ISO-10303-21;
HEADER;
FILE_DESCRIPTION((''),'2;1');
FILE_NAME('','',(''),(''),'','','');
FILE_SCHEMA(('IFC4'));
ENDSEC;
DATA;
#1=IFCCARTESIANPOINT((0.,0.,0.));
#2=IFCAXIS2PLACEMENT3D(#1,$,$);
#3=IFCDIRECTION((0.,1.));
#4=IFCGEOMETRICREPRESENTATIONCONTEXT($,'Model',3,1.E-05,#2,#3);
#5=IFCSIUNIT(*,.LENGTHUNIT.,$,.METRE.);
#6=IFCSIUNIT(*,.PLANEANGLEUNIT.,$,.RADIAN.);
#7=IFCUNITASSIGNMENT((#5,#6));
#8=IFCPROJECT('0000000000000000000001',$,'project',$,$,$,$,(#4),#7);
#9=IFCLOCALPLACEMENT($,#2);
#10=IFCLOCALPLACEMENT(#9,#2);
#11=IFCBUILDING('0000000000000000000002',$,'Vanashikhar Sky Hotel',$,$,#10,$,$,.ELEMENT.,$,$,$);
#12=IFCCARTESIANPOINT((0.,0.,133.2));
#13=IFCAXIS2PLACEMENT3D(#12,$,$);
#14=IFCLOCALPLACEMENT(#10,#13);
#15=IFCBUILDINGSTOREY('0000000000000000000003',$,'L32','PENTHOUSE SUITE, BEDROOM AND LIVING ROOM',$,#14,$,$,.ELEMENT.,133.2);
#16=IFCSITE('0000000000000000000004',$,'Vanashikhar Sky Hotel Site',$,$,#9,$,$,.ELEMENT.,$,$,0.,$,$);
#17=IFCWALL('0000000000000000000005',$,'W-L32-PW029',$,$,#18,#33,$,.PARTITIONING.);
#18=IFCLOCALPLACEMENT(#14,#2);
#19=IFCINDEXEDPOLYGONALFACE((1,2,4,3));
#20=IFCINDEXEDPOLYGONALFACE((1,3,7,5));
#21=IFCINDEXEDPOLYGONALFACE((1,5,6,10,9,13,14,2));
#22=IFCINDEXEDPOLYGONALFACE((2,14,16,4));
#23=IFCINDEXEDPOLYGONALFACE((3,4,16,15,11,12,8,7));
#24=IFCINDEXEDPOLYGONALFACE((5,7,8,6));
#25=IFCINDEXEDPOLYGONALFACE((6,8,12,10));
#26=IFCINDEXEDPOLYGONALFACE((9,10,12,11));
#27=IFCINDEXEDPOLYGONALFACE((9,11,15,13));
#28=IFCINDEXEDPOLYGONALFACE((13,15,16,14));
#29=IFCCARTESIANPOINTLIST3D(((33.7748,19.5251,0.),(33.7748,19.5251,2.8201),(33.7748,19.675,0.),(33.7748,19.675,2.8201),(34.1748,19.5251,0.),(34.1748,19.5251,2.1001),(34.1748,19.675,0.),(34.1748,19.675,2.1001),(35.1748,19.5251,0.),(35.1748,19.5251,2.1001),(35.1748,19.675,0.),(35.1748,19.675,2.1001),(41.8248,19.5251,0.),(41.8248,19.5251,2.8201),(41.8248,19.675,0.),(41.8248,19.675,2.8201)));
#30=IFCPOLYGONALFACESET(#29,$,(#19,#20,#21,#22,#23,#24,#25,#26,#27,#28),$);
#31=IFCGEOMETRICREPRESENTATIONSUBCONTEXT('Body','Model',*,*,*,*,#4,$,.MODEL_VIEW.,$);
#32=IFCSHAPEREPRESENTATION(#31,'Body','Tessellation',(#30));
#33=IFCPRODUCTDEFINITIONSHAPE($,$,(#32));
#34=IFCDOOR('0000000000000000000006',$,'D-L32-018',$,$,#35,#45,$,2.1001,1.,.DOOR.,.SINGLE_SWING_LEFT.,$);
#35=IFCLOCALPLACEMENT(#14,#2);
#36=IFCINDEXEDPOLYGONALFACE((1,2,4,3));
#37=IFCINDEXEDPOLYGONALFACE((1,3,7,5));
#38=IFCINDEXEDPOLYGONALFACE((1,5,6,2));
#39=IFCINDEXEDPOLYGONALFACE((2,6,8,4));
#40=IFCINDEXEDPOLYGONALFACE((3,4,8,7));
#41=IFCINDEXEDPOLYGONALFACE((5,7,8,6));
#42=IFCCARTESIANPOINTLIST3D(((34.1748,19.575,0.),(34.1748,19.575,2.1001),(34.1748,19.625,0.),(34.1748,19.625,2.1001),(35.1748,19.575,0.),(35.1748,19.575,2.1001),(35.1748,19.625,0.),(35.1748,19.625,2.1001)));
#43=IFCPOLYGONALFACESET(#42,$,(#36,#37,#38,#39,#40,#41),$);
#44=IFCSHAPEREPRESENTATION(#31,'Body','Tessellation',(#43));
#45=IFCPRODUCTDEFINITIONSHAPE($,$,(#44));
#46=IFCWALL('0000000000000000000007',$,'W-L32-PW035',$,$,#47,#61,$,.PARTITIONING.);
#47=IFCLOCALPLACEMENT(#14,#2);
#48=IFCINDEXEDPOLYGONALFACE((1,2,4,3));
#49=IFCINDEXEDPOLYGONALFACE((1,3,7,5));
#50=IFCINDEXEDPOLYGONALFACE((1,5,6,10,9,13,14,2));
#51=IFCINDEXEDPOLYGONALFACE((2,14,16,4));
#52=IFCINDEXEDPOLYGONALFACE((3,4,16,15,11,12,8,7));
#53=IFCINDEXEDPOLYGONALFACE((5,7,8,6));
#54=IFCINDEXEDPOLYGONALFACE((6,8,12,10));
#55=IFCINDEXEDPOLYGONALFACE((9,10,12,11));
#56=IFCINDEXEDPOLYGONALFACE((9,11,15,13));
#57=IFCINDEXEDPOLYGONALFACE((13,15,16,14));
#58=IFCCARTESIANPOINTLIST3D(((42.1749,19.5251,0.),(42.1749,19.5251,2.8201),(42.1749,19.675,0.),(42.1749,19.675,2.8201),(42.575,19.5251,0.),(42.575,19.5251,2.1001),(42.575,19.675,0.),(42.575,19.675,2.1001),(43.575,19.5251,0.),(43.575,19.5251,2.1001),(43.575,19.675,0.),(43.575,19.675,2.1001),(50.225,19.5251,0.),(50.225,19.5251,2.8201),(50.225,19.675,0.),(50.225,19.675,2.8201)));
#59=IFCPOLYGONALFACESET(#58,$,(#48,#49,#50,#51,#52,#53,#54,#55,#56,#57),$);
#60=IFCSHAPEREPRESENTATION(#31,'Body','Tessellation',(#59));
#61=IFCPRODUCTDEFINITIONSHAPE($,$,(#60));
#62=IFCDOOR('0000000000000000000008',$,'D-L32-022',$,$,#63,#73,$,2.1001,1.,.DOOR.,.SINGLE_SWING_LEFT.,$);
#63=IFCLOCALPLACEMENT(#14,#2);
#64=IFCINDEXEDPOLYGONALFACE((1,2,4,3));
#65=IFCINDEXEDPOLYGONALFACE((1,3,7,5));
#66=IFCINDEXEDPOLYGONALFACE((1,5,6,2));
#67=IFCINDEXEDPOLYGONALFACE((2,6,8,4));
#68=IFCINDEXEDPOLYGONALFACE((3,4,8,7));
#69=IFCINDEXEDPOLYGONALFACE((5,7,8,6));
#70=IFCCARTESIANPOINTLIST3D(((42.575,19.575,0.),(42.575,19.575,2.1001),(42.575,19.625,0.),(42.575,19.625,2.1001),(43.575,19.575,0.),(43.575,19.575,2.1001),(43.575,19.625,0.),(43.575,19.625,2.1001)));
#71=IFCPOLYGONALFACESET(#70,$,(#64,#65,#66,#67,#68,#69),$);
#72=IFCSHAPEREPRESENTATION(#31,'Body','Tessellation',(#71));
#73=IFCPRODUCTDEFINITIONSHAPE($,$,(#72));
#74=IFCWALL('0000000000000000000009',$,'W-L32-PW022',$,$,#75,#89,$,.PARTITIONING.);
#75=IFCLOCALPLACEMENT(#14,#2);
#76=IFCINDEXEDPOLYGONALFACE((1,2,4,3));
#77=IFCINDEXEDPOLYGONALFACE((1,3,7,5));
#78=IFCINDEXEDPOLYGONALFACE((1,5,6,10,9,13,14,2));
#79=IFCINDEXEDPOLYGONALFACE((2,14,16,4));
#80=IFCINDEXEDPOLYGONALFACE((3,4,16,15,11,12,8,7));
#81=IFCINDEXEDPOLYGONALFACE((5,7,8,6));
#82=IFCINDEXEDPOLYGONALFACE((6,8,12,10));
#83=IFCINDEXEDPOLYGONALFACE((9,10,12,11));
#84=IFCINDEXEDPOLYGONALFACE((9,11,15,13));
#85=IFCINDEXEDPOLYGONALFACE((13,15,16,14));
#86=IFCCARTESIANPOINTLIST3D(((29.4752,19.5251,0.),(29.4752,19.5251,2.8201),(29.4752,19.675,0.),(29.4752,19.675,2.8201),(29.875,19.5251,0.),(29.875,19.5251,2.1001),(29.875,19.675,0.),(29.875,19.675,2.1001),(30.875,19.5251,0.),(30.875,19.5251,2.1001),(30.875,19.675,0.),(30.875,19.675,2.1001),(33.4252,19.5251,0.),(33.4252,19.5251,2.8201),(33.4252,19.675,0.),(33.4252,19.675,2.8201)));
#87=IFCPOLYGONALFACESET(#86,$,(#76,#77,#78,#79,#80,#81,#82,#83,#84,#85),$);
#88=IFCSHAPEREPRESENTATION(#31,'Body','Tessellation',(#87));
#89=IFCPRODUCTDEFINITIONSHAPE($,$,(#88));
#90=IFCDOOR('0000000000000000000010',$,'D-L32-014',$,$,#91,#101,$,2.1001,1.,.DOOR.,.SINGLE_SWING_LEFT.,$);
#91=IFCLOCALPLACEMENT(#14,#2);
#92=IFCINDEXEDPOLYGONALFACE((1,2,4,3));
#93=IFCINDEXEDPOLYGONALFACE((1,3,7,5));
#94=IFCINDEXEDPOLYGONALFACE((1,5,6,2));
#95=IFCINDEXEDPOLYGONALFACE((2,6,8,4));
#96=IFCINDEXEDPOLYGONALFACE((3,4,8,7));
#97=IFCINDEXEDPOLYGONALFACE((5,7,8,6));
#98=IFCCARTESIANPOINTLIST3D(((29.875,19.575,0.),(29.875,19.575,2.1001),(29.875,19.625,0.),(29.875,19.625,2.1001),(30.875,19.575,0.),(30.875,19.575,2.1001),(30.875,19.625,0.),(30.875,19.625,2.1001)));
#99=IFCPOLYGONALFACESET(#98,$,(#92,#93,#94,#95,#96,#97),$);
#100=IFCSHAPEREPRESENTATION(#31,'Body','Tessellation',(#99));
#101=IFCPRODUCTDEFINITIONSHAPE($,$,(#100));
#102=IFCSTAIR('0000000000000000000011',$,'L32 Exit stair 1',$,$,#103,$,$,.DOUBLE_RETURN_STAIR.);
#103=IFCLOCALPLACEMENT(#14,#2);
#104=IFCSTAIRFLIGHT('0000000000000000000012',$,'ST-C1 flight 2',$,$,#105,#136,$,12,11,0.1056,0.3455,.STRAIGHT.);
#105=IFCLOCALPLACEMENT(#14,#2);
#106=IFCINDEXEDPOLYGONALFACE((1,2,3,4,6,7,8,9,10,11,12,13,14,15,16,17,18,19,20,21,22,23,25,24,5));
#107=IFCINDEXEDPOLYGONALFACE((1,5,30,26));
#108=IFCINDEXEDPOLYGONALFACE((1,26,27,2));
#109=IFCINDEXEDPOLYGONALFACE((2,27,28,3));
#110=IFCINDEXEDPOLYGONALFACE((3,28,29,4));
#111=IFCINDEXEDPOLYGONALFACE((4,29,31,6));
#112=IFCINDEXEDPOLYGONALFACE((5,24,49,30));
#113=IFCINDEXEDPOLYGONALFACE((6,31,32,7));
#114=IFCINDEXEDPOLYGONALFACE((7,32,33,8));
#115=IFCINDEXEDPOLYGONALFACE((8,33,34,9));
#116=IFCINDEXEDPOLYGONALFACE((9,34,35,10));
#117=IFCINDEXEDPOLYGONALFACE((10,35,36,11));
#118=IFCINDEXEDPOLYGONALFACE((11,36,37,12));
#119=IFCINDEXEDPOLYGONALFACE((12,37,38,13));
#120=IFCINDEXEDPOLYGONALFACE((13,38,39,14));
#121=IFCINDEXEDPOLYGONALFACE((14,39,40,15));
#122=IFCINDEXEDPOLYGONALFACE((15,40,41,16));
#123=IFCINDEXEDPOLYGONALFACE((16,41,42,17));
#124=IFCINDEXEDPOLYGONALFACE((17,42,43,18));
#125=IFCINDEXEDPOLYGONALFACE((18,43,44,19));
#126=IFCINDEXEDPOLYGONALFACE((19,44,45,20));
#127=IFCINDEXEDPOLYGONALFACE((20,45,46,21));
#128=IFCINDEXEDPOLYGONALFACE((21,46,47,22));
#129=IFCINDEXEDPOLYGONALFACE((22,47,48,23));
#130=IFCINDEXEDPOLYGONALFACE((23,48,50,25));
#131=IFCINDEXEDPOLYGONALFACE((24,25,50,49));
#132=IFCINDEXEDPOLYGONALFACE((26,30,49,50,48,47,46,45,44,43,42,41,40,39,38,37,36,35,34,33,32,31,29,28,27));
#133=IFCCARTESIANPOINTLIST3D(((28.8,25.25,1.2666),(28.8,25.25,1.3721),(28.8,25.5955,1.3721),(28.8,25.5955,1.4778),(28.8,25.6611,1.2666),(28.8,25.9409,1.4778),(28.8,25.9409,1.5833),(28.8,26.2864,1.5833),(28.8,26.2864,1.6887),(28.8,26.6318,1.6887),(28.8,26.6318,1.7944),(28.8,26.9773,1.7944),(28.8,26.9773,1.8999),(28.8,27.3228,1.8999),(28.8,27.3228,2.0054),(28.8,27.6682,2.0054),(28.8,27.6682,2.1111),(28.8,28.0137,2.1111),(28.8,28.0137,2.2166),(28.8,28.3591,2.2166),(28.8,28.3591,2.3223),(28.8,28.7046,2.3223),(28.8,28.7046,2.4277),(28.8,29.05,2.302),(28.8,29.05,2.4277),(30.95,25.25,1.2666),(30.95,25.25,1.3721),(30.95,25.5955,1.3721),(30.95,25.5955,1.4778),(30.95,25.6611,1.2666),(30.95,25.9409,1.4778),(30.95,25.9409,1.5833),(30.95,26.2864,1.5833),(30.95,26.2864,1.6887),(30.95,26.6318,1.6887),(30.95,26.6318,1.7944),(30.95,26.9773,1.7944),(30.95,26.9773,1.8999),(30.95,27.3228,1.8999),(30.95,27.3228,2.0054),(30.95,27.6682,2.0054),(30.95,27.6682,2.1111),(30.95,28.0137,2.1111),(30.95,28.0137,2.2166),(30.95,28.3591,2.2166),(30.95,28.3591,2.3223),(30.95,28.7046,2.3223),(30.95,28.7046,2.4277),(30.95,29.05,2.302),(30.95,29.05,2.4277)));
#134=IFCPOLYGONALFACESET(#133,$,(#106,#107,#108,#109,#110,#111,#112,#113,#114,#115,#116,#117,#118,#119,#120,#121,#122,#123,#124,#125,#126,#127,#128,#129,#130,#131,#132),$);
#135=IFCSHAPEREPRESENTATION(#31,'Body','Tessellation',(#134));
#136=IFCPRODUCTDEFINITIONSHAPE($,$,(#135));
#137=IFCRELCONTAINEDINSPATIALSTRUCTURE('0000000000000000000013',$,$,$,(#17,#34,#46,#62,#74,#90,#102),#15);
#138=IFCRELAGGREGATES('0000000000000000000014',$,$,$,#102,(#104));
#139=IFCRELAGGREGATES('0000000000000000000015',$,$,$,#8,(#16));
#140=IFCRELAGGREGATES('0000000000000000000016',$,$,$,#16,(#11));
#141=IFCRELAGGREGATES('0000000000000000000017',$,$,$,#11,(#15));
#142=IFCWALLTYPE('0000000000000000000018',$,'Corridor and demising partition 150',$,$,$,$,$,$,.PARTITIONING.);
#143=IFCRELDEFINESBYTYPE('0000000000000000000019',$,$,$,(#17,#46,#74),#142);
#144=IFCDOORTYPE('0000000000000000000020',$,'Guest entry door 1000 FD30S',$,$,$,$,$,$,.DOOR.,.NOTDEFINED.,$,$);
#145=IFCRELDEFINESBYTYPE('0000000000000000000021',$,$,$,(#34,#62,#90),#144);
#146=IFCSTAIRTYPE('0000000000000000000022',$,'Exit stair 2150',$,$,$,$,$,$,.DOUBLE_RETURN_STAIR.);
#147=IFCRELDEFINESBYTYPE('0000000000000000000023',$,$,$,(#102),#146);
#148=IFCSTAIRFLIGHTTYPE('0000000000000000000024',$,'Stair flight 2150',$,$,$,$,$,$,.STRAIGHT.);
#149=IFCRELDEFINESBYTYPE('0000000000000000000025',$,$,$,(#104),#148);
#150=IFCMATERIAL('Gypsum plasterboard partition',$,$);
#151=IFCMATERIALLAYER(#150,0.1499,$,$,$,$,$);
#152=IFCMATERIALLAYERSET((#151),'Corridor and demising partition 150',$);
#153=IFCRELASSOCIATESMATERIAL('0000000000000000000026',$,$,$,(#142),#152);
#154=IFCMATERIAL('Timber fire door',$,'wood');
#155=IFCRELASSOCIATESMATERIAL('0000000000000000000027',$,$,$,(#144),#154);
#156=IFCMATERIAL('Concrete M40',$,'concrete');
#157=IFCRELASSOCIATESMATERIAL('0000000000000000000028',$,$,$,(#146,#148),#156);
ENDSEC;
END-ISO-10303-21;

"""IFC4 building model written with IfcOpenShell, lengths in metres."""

from ifc_helpers import new_model, si_unit, direction, frame, frame_2d, origin, place, context, subcontext, project, spatial, polyline, rectangle, outline, extrude, source, transform, mapped, material, layer, layer_set, type_object, element, fill, aggregate, save


model = new_model("IFC4")

# Units and contexts
model_context = context("Model", 3, precision=1e-05, world=origin(), true_north=direction((0.0, 1.0)))
body_context = subcontext(model_context, "Body", "Model", "MODEL_VIEW")
ifc_project = project(units=[si_unit("LENGTHUNIT", "METRE"), si_unit("PLANEANGLEUNIT", "RADIAN")], contexts=[model_context])

# Site, building, storey
site_placement = place(None, origin())
site = spatial("IfcSite", under=ifc_project, at=site_placement, Name="Vanashikhar Sky Hotel Site", CompositionType="ELEMENT", RefElevation=0.0)
building_placement = place(site_placement, origin())
building = spatial("IfcBuilding", under=site, at=building_placement, Name="Vanashikhar Sky Hotel", CompositionType="ELEMENT")
storey_placement = place(building_placement, frame((0.0, 0.0, 133.2)))
storey = spatial("IfcBuildingStorey", under=building, at=storey_placement, Name="L32", Description="PENTHOUSE SUITE, BEDROOM AND LIVING ROOM", CompositionType="ELEMENT", Elevation=133.2)

# Shared definitions
ifc_material_1 = material(Name="Concrete M40", Category="concrete")

# Walls, openings, doors
ifc_material_2 = material(Name="Gypsum plasterboard partition")
ifc_layer_1 = layer(ifc_material_2, 0.1499)
ifc_layer_set_1 = layer_set([ifc_layer_1], Name="Corridor and demising partition 150")
wall_type_1 = type_object("IfcWallType", Name="Corridor and demising partition 150", PredefinedType="PARTITIONING", material=ifc_layer_set_1)
shared_shape_1 = source(origin(), body_context, "Body", "SweptSolid", [
    extrude(rectangle(XDim=8.05, YDim=0.1499, at=frame_2d((4.0249, 0.0))), origin(), (0.0, 0.0, 1.0), 2.8201),
])
wall_1_placement = place(storey_placement, frame((33.7749, 19.6001, 0.0), z_axis=(0.0, 0.0, 1.0), x_axis=(1.0, 0.0, 0.0)))
wall_1 = element("IfcWall", 1, at=wall_1_placement, inside=storey, type_object=wall_type_1, Name="W-L32-PW029", PredefinedType="PARTITIONING", context=body_context, shape_type="MappedRepresentation", body=[
    mapped(shared_shape_1, transform((0.0, 0.0, 0.0), scale=1.0)),
])
shared_shape_2 = source(origin(), body_context, "Body", "SweptSolid", [
    extrude(rectangle(XDim=1.0, YDim=2.1001, at=frame_2d((0.5, 1.05))), frame((0.0, 0.085, 0.0), z_axis=(0.0, -1.0, 0.0), x_axis=(1.0, 0.0, 0.0)), (0.0, 0.0, 1.0), 0.1699),
])
opening_1_placement = place(wall_1_placement, frame((0.3999, 0.0, 0.0)))
opening_1 = element("IfcOpeningElement", 2, at=opening_1_placement, cuts=wall_1, PredefinedType="OPENING", context=body_context, shape_type="MappedRepresentation", body=[
    mapped(shared_shape_2, transform((0.0, 0.0, 0.0), scale=1.0)),
])
ifc_material_3 = material(Name="Timber fire door", Category="wood")
door_type_1 = type_object("IfcDoorType", Name="Guest entry door 1000 FD30S", OperationType="NOTDEFINED", PredefinedType="DOOR", material=ifc_material_3)
shared_shape_3 = source(origin(), body_context, "Body", "SweptSolid", [
    extrude(rectangle(XDim=1.0, YDim=2.1001, at=frame_2d((0.5, 1.05))), frame((0.0, 0.0249, 0.0), z_axis=(0.0, -1.0, 0.0), x_axis=(1.0, 0.0, 0.0)), (0.0, 0.0, 1.0), 0.05),
])
door_1_placement = place(opening_1_placement, origin())
door_1 = element("IfcDoor", 3, at=door_1_placement, inside=storey, type_object=door_type_1, Name="D-L32-018", OperationType="SINGLE_SWING_LEFT", OverallHeight=2.1001, OverallWidth=1.0, PredefinedType="DOOR", context=body_context, shape_type="MappedRepresentation", body=[
    mapped(shared_shape_3, transform((0.0, 0.0, 0.0), scale=1.0)),
])
fill(opening_1, door_1)
wall_2_placement = place(storey_placement, frame((42.175, 19.6001, 0.0), z_axis=(0.0, 0.0, 1.0), x_axis=(1.0, 0.0, 0.0)))
wall_2 = element("IfcWall", 4, at=wall_2_placement, inside=storey, type_object=wall_type_1, Name="W-L32-PW035", PredefinedType="PARTITIONING", context=body_context, shape_type="MappedRepresentation", body=[
    mapped(shared_shape_1, transform((0.0, 0.0, 0.0), scale=1.0)),
])
opening_2_placement = place(wall_2_placement, frame((0.3999, 0.0, 0.0)))
opening_2 = element("IfcOpeningElement", 5, at=opening_2_placement, cuts=wall_2, PredefinedType="OPENING", context=body_context, shape_type="MappedRepresentation", body=[
    mapped(shared_shape_2, transform((0.0, 0.0, 0.0), scale=1.0)),
])
door_2_placement = place(opening_2_placement, origin())
door_2 = element("IfcDoor", 6, at=door_2_placement, inside=storey, type_object=door_type_1, Name="D-L32-022", OperationType="SINGLE_SWING_LEFT", OverallHeight=2.1001, OverallWidth=1.0, PredefinedType="DOOR", context=body_context, shape_type="MappedRepresentation", body=[
    mapped(shared_shape_3, transform((0.0, 0.0, 0.0), scale=1.0)),
])
fill(opening_2, door_2)
shared_shape_4 = source(origin(), body_context, "Body", "SweptSolid", [
    extrude(rectangle(XDim=3.95, YDim=0.1499, at=frame_2d((1.9751, 0.0))), origin(), (0.0, 0.0, 1.0), 2.8201),
])
wall_3_placement = place(storey_placement, frame((29.4751, 19.6001, 0.0), z_axis=(0.0, 0.0, 1.0), x_axis=(1.0, 0.0, 0.0)))
wall_3 = element("IfcWall", 7, at=wall_3_placement, inside=storey, type_object=wall_type_1, Name="W-L32-PW022", PredefinedType="PARTITIONING", context=body_context, shape_type="MappedRepresentation", body=[
    mapped(shared_shape_4, transform((0.0, 0.0, 0.0), scale=1.0)),
])
opening_3_placement = place(wall_3_placement, frame((0.3999, 0.0, 0.0)))
opening_3 = element("IfcOpeningElement", 8, at=opening_3_placement, cuts=wall_3, PredefinedType="OPENING", context=body_context, shape_type="MappedRepresentation", body=[
    mapped(shared_shape_2, transform((0.0, 0.0, 0.0), scale=1.0)),
])
door_3_placement = place(opening_3_placement, origin())
door_3 = element("IfcDoor", 9, at=door_3_placement, inside=storey, type_object=door_type_1, Name="D-L32-014", OperationType="SINGLE_SWING_LEFT", OverallHeight=2.1001, OverallWidth=1.0, PredefinedType="DOOR", context=body_context, shape_type="MappedRepresentation", body=[
    mapped(shared_shape_3, transform((0.0, 0.0, 0.0), scale=1.0)),
])
fill(opening_3, door_3)

# Stair, stair flight
stair_type = type_object("IfcStairType", Name="Exit stair 2150", PredefinedType="DOUBLE_RETURN_STAIR", material=ifc_material_1)
stair_placement = place(storey_placement, origin())
stair = element("IfcStair", 10, at=stair_placement, inside=storey, type_object=stair_type, Name="L32 Exit stair 1", PredefinedType="DOUBLE_RETURN_STAIR")
stair_flight_type = type_object("IfcStairFlightType", Name="Stair flight 2150", PredefinedType="STRAIGHT", material=ifc_material_1)
shared_shape_5 = source(origin(), body_context, "Body", "SweptSolid", [
    extrude(outline(polyline([(0.0, 0.0), (0.0, 0.1055), (0.3455, 0.1055), (0.3455, 0.2112), (0.6909, 0.2112), (0.6909, 0.3167), (1.0364, 0.3167), (1.0364, 0.4221), (1.3818, 0.4221), (1.3818, 0.5278), (1.7273, 0.5278), (1.7273, 0.6333), (2.0728, 0.6333), (2.0728, 0.7388), (2.4182, 0.7388), (2.4182, 0.8445), (2.7637, 0.8445), (2.7637, 0.95), (3.1091, 0.95), (3.1091, 1.0557), (3.4546, 1.0557), (3.4546, 1.1611), (3.8, 1.1611), (3.8, 1.2666), (3.8, 1.0354), (0.4111, 0.0), (0.0, 0.0)])), frame((0.0, 1.075, 0.0), z_axis=(0.0, -1.0, 0.0), x_axis=(1.0, 0.0, 0.0)), (0.0, 0.0, 1.0), 2.1499),
])
stair_flight_placement = place(storey_placement, frame((29.875, 25.25, 1.2666), z_axis=(0.0, 0.0, 1.0), x_axis=(0.0, 1.0, 0.0)))
stair_flight = element("IfcStairFlight", 11, at=stair_flight_placement, type_object=stair_flight_type, Name="ST-C1 flight 2", NumberOfRisers=12, NumberOfTreads=11, PredefinedType="STRAIGHT", RiserHeight=0.1056, TreadLength=0.3455, context=body_context, shape_type="MappedRepresentation", body=[
    mapped(shared_shape_5, transform((0.0, 0.0, 0.0), scale=1.0)),
])
aggregate(stair, [stair_flight])

save(model, "model.ifc")
